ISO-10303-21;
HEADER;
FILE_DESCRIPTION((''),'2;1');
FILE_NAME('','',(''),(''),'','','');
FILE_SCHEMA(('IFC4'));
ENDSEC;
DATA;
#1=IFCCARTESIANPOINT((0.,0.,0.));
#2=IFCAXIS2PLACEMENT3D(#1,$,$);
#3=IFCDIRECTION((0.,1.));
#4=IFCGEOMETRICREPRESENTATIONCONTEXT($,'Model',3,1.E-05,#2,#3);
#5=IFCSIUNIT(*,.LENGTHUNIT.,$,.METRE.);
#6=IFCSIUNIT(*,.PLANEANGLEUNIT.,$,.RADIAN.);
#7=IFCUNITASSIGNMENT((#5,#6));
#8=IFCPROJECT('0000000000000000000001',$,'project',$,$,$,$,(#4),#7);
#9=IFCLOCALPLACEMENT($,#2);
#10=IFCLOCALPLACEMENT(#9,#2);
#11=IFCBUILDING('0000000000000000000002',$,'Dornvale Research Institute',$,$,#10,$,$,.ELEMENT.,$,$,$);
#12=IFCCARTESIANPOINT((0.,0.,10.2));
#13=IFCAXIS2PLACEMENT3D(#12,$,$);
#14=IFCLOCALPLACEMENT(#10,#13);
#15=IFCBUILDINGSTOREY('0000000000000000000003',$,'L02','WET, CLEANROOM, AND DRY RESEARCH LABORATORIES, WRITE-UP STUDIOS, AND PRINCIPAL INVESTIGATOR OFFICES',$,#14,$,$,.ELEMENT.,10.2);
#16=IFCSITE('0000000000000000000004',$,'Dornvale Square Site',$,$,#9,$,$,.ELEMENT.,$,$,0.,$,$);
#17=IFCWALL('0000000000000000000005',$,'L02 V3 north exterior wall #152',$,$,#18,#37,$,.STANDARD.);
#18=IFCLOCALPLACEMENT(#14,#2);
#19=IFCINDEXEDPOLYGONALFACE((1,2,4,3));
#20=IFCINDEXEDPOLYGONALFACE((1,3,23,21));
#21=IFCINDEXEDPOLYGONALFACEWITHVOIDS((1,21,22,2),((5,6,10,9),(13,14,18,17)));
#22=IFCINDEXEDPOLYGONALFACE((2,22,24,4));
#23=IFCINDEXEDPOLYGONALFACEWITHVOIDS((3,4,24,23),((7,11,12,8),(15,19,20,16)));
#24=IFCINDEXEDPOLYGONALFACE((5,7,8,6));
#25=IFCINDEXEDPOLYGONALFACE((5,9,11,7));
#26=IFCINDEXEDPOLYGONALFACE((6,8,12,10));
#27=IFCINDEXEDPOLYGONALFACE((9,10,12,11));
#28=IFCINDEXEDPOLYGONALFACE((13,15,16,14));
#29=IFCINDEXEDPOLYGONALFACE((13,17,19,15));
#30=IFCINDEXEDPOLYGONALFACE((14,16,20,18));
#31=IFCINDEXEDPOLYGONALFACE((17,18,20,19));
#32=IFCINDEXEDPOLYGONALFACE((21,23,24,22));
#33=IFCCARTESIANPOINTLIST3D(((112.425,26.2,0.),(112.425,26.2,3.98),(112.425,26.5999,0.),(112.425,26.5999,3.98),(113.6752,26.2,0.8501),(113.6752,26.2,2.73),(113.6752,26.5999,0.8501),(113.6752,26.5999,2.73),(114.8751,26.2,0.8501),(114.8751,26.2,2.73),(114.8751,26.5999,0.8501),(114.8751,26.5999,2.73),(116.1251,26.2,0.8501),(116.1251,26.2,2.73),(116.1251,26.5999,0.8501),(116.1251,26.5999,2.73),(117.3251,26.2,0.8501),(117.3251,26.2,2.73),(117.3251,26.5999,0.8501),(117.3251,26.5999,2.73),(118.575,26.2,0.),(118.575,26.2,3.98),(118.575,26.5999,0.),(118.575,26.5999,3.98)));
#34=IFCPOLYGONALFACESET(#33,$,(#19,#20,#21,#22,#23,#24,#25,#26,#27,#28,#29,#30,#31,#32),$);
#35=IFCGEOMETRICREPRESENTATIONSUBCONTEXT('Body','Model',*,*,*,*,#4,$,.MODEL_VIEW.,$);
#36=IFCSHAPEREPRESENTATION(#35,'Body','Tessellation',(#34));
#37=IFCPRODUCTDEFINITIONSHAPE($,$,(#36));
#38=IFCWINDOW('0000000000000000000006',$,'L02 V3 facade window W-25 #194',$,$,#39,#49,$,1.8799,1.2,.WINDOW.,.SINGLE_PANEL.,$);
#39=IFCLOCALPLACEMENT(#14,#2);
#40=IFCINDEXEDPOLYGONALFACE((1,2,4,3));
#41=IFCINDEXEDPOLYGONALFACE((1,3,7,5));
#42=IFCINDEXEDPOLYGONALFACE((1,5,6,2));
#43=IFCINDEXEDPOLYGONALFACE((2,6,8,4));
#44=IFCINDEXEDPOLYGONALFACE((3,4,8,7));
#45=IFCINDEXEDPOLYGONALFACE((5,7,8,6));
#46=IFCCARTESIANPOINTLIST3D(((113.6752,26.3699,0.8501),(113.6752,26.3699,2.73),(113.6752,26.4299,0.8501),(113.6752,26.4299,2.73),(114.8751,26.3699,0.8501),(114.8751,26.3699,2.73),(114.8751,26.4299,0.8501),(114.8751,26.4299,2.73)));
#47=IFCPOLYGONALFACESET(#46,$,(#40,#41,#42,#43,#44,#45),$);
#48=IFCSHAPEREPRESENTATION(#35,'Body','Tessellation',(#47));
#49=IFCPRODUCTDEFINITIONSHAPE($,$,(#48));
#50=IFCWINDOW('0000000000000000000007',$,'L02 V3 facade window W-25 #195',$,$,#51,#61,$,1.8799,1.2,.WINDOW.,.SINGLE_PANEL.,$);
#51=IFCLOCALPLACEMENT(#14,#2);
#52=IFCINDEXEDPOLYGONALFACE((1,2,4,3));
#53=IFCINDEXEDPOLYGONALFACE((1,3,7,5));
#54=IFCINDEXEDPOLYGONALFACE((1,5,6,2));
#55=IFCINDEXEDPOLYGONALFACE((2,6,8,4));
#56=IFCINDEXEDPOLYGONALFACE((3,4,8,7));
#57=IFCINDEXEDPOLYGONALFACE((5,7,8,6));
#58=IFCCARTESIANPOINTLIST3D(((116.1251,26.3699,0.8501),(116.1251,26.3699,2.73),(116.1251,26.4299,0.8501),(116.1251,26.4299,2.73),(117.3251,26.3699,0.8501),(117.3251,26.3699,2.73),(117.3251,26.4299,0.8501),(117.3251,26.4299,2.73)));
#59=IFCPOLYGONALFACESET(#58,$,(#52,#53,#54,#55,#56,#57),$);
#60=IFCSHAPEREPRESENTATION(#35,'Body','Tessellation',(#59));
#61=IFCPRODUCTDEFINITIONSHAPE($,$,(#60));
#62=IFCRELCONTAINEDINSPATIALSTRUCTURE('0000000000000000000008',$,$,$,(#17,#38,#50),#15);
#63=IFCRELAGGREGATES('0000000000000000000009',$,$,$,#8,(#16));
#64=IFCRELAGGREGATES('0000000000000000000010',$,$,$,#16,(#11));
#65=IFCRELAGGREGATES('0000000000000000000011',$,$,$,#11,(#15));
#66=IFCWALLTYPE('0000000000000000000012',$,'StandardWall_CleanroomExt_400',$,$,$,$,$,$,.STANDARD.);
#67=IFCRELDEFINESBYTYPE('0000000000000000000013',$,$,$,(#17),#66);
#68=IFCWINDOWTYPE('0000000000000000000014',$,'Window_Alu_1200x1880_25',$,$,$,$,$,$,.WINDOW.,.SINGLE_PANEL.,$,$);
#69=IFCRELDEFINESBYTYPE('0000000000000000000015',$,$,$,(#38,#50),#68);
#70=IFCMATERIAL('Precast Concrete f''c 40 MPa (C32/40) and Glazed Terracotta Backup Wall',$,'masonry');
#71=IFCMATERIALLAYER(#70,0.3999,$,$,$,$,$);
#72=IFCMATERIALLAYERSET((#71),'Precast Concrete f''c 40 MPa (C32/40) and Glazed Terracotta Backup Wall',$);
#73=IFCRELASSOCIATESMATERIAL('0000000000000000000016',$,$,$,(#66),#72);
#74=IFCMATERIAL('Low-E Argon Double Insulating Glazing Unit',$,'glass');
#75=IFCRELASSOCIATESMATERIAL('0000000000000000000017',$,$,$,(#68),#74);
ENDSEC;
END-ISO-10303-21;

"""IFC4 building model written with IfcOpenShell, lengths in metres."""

from ifc_helpers import new_model, si_unit, direction, frame, frame_2d, origin, place, context, subcontext, project, spatial, rectangle, extrude, material, layer, layer_set, type_object, element, fill, save


model = new_model("IFC4")

# Units and contexts
model_context = context("Model", 3, precision=1e-05, world=origin(), true_north=direction((0.0, 1.0)))
body_context = subcontext(model_context, "Body", "Model", "MODEL_VIEW")
ifc_project = project(units=[si_unit("LENGTHUNIT", "METRE"), si_unit("PLANEANGLEUNIT", "RADIAN")], contexts=[model_context])

# Site, building, storey
site_placement = place(None, origin())
site = spatial("IfcSite", under=ifc_project, at=site_placement, Name="Dornvale Square Site", CompositionType="ELEMENT", RefElevation=0.0)
building_placement = place(site_placement, origin())
building = spatial("IfcBuilding", under=site, at=building_placement, Name="Dornvale Research Institute", CompositionType="ELEMENT")
storey_placement = place(building_placement, frame((0.0, 0.0, 10.2)))
storey = spatial("IfcBuildingStorey", under=building, at=storey_placement, Name="L02", Description="WET, CLEANROOM, AND DRY RESEARCH LABORATORIES, WRITE-UP STUDIOS, AND PRINCIPAL INVESTIGATOR OFFICES", CompositionType="ELEMENT", Elevation=10.2)

# Wall, openings, windows
ifc_material_1 = material(Name="Precast Concrete f'c 40 MPa (C32/40) and Glazed Terracotta Backup Wall", Category="masonry")
ifc_layer_1 = layer(ifc_material_1, 0.3999)
ifc_layer_set_1 = layer_set([ifc_layer_1], Name="Precast Concrete f'c 40 MPa (C32/40) and Glazed Terracotta Backup Wall")
wall_type_1 = type_object("IfcWallType", Name="StandardWall_CleanroomExt_400", PredefinedType="STANDARD", material=ifc_layer_set_1)
wall_1_placement = place(storey_placement, frame((112.425, 26.3999, 0.0), z_axis=(0.0, 0.0, 1.0), x_axis=(1.0, 0.0, 0.0)))
wall_1 = element("IfcWall", 1, at=wall_1_placement, inside=storey, type_object=wall_type_1, Name="L02 V3 north exterior wall #152", PredefinedType="STANDARD", context=body_context, shape_type="SweptSolid", body=[
    extrude(rectangle(XDim=6.1499, YDim=0.3999, at=frame_2d((3.075, 0.0))), origin(), (0.0, 0.0, 1.0), 3.98),
])
opening_1_placement = place(wall_1_placement, frame((1.25, 0.0, 0.8501)))
opening_1 = element("IfcOpeningElement", 2, at=opening_1_placement, cuts=wall_1, PredefinedType="OPENING", context=body_context, shape_type="SweptSolid", body=[
    extrude(rectangle(XDim=1.2, YDim=1.8799, at=frame_2d((0.6001, 0.9399))), frame((0.0, 0.2148, 0.0), z_axis=(0.0, -1.0, 0.0), x_axis=(1.0, 0.0, 0.0)), (0.0, 0.0, 1.0), 0.4299),
])
opening_2_placement = place(wall_1_placement, frame((3.7, 0.0, 0.8501)))
opening_2 = element("IfcOpeningElement", 3, at=opening_2_placement, cuts=wall_1, PredefinedType="OPENING", context=body_context, shape_type="SweptSolid", body=[
    extrude(rectangle(XDim=1.2, YDim=1.8799, at=frame_2d((0.6001, 0.9399))), frame((0.0, 0.2148, 0.0), z_axis=(0.0, -1.0, 0.0), x_axis=(1.0, 0.0, 0.0)), (0.0, 0.0, 1.0), 0.4299),
])
ifc_material_2 = material(Name="Low-E Argon Double Insulating Glazing Unit", Category="glass")
window_type = type_object("IfcWindowType", Name="Window_Alu_1200x1880_25", PartitioningType="SINGLE_PANEL", PredefinedType="WINDOW", material=ifc_material_2)
window_1_placement = place(opening_1_placement, origin())
window_1 = element("IfcWindow", 4, at=window_1_placement, inside=storey, type_object=window_type, Name="L02 V3 facade window W-25 #194", OverallHeight=1.8799, OverallWidth=1.2, PartitioningType="SINGLE_PANEL", PredefinedType="WINDOW", context=body_context, shape_type="SweptSolid", body=[
    extrude(rectangle(XDim=1.2, YDim=1.8799, at=frame_2d((0.6001, 0.9399))), frame((0.0, 0.03, 0.0), z_axis=(0.0, -1.0, 0.0), x_axis=(1.0, 0.0, 0.0)), (0.0, 0.0, 1.0), 0.0601),
])
fill(opening_1, window_1)
window_2_placement = place(opening_2_placement, origin())
window_2 = element("IfcWindow", 5, at=window_2_placement, inside=storey, type_object=window_type, Name="L02 V3 facade window W-25 #195", OverallHeight=1.8799, OverallWidth=1.2, PartitioningType="SINGLE_PANEL", PredefinedType="WINDOW", context=body_context, shape_type="SweptSolid", body=[
    extrude(rectangle(XDim=1.2, YDim=1.8799, at=frame_2d((0.6001, 0.9399))), frame((0.0, 0.03, 0.0), z_axis=(0.0, -1.0, 0.0), x_axis=(1.0, 0.0, 0.0)), (0.0, 0.0, 1.0), 0.0601),
])
fill(opening_2, window_2)

save(model, "model.ifc")
